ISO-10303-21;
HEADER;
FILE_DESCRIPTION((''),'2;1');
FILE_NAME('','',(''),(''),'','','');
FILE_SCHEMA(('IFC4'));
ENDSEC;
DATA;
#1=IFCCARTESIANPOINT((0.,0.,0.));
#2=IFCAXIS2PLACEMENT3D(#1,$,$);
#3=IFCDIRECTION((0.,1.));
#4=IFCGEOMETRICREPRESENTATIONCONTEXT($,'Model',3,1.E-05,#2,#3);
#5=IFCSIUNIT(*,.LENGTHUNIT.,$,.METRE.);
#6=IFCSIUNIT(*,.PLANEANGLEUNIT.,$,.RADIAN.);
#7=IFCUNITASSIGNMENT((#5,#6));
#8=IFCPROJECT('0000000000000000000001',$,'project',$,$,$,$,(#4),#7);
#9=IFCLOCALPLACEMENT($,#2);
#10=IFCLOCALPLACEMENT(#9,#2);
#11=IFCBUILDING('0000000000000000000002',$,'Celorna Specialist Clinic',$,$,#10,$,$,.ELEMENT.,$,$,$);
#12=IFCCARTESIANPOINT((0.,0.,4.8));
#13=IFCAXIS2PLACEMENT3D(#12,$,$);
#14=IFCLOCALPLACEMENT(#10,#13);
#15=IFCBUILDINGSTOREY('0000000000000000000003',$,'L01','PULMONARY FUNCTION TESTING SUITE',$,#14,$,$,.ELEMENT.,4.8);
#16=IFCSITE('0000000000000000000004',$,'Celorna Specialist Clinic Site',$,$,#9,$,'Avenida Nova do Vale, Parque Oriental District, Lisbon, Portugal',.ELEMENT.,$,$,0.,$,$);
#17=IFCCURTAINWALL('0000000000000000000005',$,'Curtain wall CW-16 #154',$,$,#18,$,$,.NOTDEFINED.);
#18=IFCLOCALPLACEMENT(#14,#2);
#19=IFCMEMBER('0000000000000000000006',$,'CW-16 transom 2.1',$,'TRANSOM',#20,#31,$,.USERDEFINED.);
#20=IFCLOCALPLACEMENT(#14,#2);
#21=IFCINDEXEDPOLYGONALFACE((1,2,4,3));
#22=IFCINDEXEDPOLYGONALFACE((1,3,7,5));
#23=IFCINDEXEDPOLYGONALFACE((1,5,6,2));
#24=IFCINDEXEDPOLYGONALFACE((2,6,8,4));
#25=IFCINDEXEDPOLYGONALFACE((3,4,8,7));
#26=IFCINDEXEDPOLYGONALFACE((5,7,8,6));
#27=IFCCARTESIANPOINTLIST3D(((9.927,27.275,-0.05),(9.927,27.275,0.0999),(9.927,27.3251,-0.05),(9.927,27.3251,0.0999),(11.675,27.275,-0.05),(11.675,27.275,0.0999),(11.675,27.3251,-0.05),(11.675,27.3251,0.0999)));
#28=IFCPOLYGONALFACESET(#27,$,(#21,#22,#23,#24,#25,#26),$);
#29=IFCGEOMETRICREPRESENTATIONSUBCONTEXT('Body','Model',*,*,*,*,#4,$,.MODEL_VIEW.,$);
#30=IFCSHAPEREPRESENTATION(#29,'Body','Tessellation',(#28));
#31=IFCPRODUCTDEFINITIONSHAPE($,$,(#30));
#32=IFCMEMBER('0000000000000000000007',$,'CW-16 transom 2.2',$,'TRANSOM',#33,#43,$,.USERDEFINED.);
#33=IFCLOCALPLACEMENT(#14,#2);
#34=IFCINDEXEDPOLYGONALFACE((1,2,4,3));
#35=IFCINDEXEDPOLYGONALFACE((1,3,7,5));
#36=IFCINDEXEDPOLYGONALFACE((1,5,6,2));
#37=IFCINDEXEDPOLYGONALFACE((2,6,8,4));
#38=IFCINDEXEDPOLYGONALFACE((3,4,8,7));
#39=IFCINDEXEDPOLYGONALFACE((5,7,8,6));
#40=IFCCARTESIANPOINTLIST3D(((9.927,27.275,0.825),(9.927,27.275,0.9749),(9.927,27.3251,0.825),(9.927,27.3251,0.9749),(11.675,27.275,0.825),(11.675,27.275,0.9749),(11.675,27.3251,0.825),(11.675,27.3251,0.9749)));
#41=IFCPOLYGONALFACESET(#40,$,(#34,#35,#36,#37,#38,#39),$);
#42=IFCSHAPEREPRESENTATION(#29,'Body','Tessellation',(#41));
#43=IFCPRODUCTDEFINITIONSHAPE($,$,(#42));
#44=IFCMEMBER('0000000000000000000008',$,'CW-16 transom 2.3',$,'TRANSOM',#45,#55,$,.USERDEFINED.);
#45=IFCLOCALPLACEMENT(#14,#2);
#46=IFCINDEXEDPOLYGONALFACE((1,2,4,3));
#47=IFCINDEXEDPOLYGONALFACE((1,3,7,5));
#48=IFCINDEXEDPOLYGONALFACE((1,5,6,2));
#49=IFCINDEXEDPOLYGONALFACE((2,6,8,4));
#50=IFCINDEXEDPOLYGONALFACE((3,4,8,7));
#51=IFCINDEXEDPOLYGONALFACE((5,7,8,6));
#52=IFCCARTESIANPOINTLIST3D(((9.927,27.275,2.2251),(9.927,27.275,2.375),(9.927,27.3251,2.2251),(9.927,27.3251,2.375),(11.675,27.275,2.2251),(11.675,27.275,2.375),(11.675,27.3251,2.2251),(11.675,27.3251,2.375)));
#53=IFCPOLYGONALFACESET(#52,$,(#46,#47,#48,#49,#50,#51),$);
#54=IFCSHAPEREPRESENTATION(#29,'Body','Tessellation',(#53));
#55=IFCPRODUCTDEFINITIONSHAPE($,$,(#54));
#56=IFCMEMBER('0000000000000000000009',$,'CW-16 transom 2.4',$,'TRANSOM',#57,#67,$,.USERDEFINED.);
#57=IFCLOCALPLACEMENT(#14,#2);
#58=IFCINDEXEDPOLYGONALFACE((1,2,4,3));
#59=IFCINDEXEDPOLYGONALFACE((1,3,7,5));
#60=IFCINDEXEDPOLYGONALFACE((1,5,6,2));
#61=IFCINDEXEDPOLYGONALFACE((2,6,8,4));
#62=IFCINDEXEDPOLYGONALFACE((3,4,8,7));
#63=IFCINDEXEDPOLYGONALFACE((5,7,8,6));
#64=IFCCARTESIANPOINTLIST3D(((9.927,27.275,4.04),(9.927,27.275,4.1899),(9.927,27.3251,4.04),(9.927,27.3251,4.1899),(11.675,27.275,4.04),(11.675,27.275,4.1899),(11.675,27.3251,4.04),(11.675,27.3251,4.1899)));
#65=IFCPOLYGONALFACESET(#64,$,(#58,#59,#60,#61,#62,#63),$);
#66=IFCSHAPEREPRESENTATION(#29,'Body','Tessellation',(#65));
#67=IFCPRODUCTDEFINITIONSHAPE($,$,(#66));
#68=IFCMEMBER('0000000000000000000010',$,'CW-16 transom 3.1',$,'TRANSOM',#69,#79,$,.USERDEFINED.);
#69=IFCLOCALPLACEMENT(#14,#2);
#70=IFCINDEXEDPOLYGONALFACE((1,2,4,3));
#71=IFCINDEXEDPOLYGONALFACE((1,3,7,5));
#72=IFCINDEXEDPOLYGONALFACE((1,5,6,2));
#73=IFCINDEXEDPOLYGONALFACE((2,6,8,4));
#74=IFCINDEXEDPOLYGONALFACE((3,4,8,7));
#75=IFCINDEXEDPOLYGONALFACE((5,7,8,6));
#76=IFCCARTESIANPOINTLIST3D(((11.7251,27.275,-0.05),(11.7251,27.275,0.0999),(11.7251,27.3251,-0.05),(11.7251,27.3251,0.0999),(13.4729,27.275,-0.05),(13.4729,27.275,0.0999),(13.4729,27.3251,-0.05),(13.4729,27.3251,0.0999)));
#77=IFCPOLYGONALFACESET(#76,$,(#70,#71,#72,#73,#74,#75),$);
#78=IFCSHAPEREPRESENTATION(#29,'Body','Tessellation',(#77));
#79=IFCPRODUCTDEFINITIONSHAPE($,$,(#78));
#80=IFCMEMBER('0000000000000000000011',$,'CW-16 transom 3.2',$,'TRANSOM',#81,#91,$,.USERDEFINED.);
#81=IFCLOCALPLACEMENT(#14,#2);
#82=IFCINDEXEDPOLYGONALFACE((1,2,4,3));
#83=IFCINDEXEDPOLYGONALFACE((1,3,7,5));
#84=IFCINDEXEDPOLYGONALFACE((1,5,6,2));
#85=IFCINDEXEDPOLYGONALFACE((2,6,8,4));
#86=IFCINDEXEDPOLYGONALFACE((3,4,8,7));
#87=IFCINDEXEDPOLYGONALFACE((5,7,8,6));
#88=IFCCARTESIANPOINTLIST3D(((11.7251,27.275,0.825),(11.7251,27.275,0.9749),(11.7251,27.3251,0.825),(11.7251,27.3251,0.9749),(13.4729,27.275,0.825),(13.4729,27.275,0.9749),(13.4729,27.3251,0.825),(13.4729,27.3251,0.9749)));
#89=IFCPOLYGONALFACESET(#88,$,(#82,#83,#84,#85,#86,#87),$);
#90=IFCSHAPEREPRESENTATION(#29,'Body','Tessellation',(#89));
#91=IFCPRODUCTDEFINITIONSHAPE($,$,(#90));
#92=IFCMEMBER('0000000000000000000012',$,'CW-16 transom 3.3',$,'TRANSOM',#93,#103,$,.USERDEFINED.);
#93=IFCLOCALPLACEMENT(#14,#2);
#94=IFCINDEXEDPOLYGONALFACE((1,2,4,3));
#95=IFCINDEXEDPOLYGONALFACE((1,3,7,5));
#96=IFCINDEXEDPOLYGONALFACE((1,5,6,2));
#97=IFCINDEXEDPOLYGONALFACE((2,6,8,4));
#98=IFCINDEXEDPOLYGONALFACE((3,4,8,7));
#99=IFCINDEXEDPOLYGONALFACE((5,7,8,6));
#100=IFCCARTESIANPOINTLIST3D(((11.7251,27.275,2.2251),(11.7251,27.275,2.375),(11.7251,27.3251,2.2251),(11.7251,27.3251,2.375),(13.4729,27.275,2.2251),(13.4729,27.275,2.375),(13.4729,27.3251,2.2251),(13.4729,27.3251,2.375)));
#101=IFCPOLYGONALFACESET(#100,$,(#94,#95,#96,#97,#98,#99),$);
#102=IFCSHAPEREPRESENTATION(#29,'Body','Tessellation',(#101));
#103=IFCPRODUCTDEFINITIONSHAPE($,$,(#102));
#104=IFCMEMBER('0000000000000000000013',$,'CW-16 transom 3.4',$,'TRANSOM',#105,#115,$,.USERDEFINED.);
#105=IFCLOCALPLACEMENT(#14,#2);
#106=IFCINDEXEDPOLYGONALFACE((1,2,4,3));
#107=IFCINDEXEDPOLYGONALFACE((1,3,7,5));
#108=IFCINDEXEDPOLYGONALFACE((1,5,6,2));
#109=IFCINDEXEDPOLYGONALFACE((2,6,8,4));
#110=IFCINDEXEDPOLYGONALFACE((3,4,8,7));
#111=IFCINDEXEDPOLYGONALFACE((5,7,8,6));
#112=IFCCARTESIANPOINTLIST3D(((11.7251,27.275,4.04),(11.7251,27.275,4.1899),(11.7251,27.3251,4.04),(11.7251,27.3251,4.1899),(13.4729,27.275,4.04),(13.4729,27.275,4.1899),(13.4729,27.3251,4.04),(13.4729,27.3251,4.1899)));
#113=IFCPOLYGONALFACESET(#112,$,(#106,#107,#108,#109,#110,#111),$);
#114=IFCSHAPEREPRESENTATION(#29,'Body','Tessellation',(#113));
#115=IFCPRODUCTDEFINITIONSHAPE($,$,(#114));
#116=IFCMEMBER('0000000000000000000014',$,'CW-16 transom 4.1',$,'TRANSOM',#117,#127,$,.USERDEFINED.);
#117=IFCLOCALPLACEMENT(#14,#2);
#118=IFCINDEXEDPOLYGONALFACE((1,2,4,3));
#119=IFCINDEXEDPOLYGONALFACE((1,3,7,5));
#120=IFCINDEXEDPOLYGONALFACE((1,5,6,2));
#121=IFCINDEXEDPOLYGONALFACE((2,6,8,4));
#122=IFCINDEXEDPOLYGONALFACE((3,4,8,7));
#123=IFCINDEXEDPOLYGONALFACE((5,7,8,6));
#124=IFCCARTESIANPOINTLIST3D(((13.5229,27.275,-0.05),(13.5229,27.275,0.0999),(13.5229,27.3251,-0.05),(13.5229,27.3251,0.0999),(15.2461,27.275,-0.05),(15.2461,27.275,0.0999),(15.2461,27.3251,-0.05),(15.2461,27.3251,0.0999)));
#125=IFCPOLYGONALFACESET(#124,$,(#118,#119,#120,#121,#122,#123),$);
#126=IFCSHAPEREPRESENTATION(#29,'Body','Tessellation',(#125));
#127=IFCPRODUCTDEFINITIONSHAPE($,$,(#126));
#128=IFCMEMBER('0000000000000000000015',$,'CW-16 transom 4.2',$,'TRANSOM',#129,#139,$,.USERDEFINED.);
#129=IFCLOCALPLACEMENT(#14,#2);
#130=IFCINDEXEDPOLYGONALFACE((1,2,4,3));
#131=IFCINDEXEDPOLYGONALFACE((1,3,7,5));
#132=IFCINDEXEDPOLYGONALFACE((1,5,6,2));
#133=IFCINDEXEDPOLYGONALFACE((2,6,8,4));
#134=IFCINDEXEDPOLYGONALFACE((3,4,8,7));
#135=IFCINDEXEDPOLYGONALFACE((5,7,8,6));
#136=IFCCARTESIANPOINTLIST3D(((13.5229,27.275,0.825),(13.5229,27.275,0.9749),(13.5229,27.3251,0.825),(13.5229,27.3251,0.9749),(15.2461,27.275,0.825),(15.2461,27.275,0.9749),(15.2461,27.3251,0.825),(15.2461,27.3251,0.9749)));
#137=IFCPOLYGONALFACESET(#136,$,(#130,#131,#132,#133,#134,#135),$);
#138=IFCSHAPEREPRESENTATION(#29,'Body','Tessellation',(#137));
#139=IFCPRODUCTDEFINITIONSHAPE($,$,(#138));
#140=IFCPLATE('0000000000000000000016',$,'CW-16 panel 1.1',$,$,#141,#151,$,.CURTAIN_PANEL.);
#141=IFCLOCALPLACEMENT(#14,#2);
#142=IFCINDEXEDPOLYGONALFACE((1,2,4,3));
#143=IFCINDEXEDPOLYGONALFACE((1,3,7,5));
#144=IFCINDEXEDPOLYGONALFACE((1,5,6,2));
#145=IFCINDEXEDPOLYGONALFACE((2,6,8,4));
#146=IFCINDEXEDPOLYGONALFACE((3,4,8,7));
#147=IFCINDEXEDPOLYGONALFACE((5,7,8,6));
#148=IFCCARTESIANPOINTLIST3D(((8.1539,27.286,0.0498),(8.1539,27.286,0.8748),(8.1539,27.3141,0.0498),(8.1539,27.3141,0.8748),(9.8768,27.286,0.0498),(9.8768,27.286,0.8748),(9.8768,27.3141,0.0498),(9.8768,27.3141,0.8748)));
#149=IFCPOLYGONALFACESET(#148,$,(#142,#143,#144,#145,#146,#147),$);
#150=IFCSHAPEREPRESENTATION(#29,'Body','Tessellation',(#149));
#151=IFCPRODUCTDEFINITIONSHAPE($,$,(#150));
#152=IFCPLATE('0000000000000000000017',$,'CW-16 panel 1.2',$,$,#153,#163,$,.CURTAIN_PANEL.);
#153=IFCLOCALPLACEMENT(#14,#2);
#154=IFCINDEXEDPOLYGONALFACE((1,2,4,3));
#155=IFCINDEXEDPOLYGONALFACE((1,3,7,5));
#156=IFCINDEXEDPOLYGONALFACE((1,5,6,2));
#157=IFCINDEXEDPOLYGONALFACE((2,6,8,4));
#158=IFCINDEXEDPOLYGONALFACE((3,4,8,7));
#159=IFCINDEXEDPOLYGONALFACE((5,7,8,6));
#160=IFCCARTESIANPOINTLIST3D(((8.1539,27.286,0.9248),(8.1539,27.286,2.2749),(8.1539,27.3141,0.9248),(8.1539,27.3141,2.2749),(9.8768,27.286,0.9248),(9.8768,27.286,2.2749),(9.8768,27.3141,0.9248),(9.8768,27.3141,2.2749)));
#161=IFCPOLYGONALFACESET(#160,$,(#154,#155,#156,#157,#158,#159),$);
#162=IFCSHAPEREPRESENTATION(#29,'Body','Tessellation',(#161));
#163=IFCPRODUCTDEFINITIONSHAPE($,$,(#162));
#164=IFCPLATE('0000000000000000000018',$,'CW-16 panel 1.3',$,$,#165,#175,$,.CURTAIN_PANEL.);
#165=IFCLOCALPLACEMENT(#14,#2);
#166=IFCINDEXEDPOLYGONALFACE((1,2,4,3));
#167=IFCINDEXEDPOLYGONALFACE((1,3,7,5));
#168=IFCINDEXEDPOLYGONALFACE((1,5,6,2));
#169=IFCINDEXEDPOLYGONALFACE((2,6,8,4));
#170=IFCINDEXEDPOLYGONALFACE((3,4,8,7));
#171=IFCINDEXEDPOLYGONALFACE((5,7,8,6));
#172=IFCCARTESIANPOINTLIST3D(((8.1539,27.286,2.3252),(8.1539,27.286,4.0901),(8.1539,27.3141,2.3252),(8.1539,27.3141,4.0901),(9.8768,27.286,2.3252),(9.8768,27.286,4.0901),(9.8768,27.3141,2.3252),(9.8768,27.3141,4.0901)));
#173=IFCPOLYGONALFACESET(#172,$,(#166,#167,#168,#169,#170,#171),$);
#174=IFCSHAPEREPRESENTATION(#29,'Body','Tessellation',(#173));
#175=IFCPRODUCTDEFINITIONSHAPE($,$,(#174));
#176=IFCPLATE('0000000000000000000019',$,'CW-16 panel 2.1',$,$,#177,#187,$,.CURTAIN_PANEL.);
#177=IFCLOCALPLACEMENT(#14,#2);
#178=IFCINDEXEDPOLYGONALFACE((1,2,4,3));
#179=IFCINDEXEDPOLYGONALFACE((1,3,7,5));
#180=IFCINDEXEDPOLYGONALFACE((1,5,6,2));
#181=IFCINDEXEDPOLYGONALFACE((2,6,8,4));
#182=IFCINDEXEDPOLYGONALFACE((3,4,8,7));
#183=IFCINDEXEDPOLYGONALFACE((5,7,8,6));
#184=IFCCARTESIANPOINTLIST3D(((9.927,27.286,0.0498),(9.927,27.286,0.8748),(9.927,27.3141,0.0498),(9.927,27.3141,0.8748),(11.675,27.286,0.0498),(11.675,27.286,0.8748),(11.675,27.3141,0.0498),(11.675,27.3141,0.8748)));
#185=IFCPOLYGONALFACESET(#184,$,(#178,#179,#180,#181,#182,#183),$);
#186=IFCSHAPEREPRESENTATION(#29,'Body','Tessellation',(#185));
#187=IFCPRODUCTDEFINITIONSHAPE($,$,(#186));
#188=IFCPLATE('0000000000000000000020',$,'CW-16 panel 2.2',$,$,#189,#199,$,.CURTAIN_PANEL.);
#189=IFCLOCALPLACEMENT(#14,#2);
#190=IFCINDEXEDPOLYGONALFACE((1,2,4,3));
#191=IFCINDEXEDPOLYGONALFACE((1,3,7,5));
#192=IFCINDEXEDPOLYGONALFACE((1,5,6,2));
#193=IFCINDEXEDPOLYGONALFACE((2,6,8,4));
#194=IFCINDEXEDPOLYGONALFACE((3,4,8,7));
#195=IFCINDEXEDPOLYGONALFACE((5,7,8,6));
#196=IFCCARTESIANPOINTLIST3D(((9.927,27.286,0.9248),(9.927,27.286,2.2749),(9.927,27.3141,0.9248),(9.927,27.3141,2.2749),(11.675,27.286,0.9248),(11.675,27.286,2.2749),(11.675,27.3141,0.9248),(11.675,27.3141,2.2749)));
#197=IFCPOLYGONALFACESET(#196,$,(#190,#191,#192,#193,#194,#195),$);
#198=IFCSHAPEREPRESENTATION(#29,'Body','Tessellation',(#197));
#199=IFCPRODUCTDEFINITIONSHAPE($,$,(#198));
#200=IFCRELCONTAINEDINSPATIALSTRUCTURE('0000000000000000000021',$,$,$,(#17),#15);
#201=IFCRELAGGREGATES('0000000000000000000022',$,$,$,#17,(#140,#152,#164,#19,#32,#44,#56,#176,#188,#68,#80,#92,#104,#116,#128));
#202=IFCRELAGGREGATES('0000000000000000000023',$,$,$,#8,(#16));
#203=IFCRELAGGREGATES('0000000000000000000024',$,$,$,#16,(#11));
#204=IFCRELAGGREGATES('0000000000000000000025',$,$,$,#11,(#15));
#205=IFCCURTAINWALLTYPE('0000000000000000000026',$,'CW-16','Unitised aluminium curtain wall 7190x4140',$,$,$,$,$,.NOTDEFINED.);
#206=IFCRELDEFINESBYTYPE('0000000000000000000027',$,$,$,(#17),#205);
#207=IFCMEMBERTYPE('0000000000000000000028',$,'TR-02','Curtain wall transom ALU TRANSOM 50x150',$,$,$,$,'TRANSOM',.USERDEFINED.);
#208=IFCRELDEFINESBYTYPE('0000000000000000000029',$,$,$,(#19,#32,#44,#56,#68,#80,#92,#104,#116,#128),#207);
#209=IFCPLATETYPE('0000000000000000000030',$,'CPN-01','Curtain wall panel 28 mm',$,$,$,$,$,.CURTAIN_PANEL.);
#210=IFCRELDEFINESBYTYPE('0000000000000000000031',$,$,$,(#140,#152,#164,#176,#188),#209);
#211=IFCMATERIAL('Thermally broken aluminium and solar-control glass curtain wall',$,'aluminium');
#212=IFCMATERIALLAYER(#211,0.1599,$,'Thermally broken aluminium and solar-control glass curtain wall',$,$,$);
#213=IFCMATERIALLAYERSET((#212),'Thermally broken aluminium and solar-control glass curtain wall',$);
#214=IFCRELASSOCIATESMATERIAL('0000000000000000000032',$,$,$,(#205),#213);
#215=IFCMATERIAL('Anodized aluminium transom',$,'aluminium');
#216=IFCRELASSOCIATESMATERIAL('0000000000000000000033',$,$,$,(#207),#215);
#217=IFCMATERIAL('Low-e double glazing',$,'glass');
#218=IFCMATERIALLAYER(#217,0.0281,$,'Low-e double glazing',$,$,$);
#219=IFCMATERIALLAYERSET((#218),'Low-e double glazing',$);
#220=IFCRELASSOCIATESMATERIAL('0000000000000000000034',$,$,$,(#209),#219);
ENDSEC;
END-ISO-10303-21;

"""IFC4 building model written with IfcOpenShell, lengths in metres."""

from ifc_helpers import new_model, si_unit, direction, frame, origin, origin_2d, place, context, subcontext, project, spatial, rectangle, extrude, material, layer, layer_set, material_profile, profile_set, type_object, element, aggregate, save


model = new_model("IFC4")

# Units and contexts
model_context = context("Model", 3, precision=1e-05, world=origin(), true_north=direction((0.0, 1.0)))
body_context = subcontext(model_context, "Body", "Model", "MODEL_VIEW")
ifc_project = project(units=[si_unit("LENGTHUNIT", "METRE"), si_unit("PLANEANGLEUNIT", "RADIAN")], contexts=[model_context])

# Site, building, storey
site_placement = place(None, origin())
site = spatial("IfcSite", under=ifc_project, at=site_placement, Name="Celorna Specialist Clinic Site", LongName="Avenida Nova do Vale, Parque Oriental District, Lisbon, Portugal", CompositionType="ELEMENT", RefElevation=0.0)
building_placement = place(site_placement, origin())
building = spatial("IfcBuilding", under=site, at=building_placement, Name="Celorna Specialist Clinic", CompositionType="ELEMENT")
storey_placement = place(building_placement, frame((0.0, 0.0, 4.8)))
storey = spatial("IfcBuildingStorey", under=building, at=storey_placement, Name="L01", Description="PULMONARY FUNCTION TESTING SUITE", CompositionType="ELEMENT", Elevation=4.8)

# Curtain wall, members, plates
ifc_material_1 = material(Name="Thermally broken aluminium and solar-control glass curtain wall", Category="aluminium")
ifc_layer_1 = layer(ifc_material_1, 0.1599, Name="Thermally broken aluminium and solar-control glass curtain wall")
ifc_layer_set_1 = layer_set([ifc_layer_1], Name="Thermally broken aluminium and solar-control glass curtain wall")
curtain_wall_type = type_object("IfcCurtainWallType", Name="CW-16", Description="Unitised aluminium curtain wall 7190x4140", PredefinedType="NOTDEFINED", material=ifc_layer_set_1)
curtain_wall_placement = place(storey_placement, origin())
curtain_wall = element("IfcCurtainWall", 1, at=curtain_wall_placement, inside=storey, type_object=curtain_wall_type, Name="Curtain wall CW-16 #154", PredefinedType="NOTDEFINED")
ifc_material_2 = material(Name="Anodized aluminium transom", Category="aluminium")
ifc_material_profile_1 = material_profile(ifc_material_2, rectangle(XDim=0.05, YDim=0.1499, at=origin_2d()), Name="ALU TRANSOM 50x150")
ifc_profile_set_1 = profile_set([ifc_material_profile_1], Name="Anodized aluminium transom")
member_type_1 = type_object("IfcMemberType", Name="TR-02", Description="Curtain wall transom ALU TRANSOM 50x150", ElementType="TRANSOM", PredefinedType="USERDEFINED", material=ifc_profile_set_1)
member_1_placement = place(storey_placement, frame((9.927, 27.3, 0.0249), z_axis=(1.0, 0.0, 0.0), x_axis=(0.0, 1.0, 0.0)))
member_1 = element("IfcMember", 2, at=member_1_placement, type_object=member_type_1, Name="CW-16 transom 2.1", ObjectType="TRANSOM", PredefinedType="USERDEFINED", context=body_context, shape_type="SweptSolid", body=[
    extrude(rectangle(XDim=0.05, YDim=0.1499, at=origin_2d()), origin(), (0.0, 0.0, 1.0), 1.748),
])
member_2_placement = place(storey_placement, frame((9.927, 27.3, 0.8999), z_axis=(1.0, 0.0, 0.0), x_axis=(0.0, 1.0, 0.0)))
member_2 = element("IfcMember", 3, at=member_2_placement, type_object=member_type_1, Name="CW-16 transom 2.2", ObjectType="TRANSOM", PredefinedType="USERDEFINED", context=body_context, shape_type="SweptSolid", body=[
    extrude(rectangle(XDim=0.05, YDim=0.1499, at=origin_2d()), origin(), (0.0, 0.0, 1.0), 1.748),
])
member_3_placement = place(storey_placement, frame((9.927, 27.3, 2.3), z_axis=(1.0, 0.0, 0.0), x_axis=(0.0, 1.0, 0.0)))
member_3 = element("IfcMember", 4, at=member_3_placement, type_object=member_type_1, Name="CW-16 transom 2.3", ObjectType="TRANSOM", PredefinedType="USERDEFINED", context=body_context, shape_type="SweptSolid", body=[
    extrude(rectangle(XDim=0.05, YDim=0.1499, at=origin_2d()), origin(), (0.0, 0.0, 1.0), 1.748),
])
member_4_placement = place(storey_placement, frame((9.927, 27.3, 4.115), z_axis=(1.0, 0.0, 0.0), x_axis=(0.0, 1.0, 0.0)))
member_4 = element("IfcMember", 5, at=member_4_placement, type_object=member_type_1, Name="CW-16 transom 2.4", ObjectType="TRANSOM", PredefinedType="USERDEFINED", context=body_context, shape_type="SweptSolid", body=[
    extrude(rectangle(XDim=0.05, YDim=0.1499, at=origin_2d()), origin(), (0.0, 0.0, 1.0), 1.748),
])
member_5_placement = place(storey_placement, frame((11.7251, 27.3, 0.0249), z_axis=(1.0, 0.0, 0.0), x_axis=(0.0, 1.0, 0.0)))
member_5 = element("IfcMember", 6, at=member_5_placement, type_object=member_type_1, Name="CW-16 transom 3.1", ObjectType="TRANSOM", PredefinedType="USERDEFINED", context=body_context, shape_type="SweptSolid", body=[
    extrude(rectangle(XDim=0.05, YDim=0.1499, at=origin_2d()), origin(), (0.0, 0.0, 1.0), 1.7478),
])
member_6_placement = place(storey_placement, frame((11.7251, 27.3, 0.8999), z_axis=(1.0, 0.0, 0.0), x_axis=(0.0, 1.0, 0.0)))
member_6 = element("IfcMember", 7, at=member_6_placement, type_object=member_type_1, Name="CW-16 transom 3.2", ObjectType="TRANSOM", PredefinedType="USERDEFINED", context=body_context, shape_type="SweptSolid", body=[
    extrude(rectangle(XDim=0.05, YDim=0.1499, at=origin_2d()), origin(), (0.0, 0.0, 1.0), 1.7478),
])
member_7_placement = place(storey_placement, frame((11.7251, 27.3, 2.3), z_axis=(1.0, 0.0, 0.0), x_axis=(0.0, 1.0, 0.0)))
member_7 = element("IfcMember", 8, at=member_7_placement, type_object=member_type_1, Name="CW-16 transom 3.3", ObjectType="TRANSOM", PredefinedType="USERDEFINED", context=body_context, shape_type="SweptSolid", body=[
    extrude(rectangle(XDim=0.05, YDim=0.1499, at=origin_2d()), origin(), (0.0, 0.0, 1.0), 1.7478),
])
member_8_placement = place(storey_placement, frame((11.7251, 27.3, 4.115), z_axis=(1.0, 0.0, 0.0), x_axis=(0.0, 1.0, 0.0)))
member_8 = element("IfcMember", 9, at=member_8_placement, type_object=member_type_1, Name="CW-16 transom 3.4", ObjectType="TRANSOM", PredefinedType="USERDEFINED", context=body_context, shape_type="SweptSolid", body=[
    extrude(rectangle(XDim=0.05, YDim=0.1499, at=origin_2d()), origin(), (0.0, 0.0, 1.0), 1.7478),
])
member_9_placement = place(storey_placement, frame((13.5229, 27.3, 0.0249), z_axis=(1.0, 0.0, 0.0), x_axis=(0.0, 1.0, 0.0)))
member_9 = element("IfcMember", 10, at=member_9_placement, type_object=member_type_1, Name="CW-16 transom 4.1", ObjectType="TRANSOM", PredefinedType="USERDEFINED", context=body_context, shape_type="SweptSolid", body=[
    extrude(rectangle(XDim=0.05, YDim=0.1499, at=origin_2d()), origin(), (0.0, 0.0, 1.0), 1.7231),
])
member_10_placement = place(storey_placement, frame((13.5229, 27.3, 0.8999), z_axis=(1.0, 0.0, 0.0), x_axis=(0.0, 1.0, 0.0)))
member_10 = element("IfcMember", 11, at=member_10_placement, type_object=member_type_1, Name="CW-16 transom 4.2", ObjectType="TRANSOM", PredefinedType="USERDEFINED", context=body_context, shape_type="SweptSolid", body=[
    extrude(rectangle(XDim=0.05, YDim=0.1499, at=origin_2d()), origin(), (0.0, 0.0, 1.0), 1.7231),
])
ifc_material_3 = material(Name="Low-e double glazing", Category="glass")
ifc_layer_2 = layer(ifc_material_3, 0.0281, Name="Low-e double glazing")
ifc_layer_set_2 = layer_set([ifc_layer_2], Name="Low-e double glazing")
plate_type = type_object("IfcPlateType", Name="CPN-01", Description="Curtain wall panel 28 mm", PredefinedType="CURTAIN_PANEL", material=ifc_layer_set_2)
plate_1_placement = place(storey_placement, frame((9.0154, 27.3, 0.0498), z_axis=(0.0, 0.0, 1.0), x_axis=(1.0, 0.0, 0.0)))
plate_1 = element("IfcPlate", 12, at=plate_1_placement, type_object=plate_type, Name="CW-16 panel 1.1", PredefinedType="CURTAIN_PANEL", context=body_context, shape_type="SweptSolid", body=[
    extrude(rectangle(XDim=1.7229, YDim=0.0281, at=origin_2d()), origin(), (0.0, 0.0, 1.0), 0.825),
])
plate_2_placement = place(storey_placement, frame((9.0154, 27.3, 0.9248), z_axis=(0.0, 0.0, 1.0), x_axis=(1.0, 0.0, 0.0)))
plate_2 = element("IfcPlate", 13, at=plate_2_placement, type_object=plate_type, Name="CW-16 panel 1.2", PredefinedType="CURTAIN_PANEL", context=body_context, shape_type="SweptSolid", body=[
    extrude(rectangle(XDim=1.7229, YDim=0.0281, at=origin_2d()), origin(), (0.0, 0.0, 1.0), 1.3501),
])
plate_3_placement = place(storey_placement, frame((9.0154, 27.3, 2.3252), z_axis=(0.0, 0.0, 1.0), x_axis=(1.0, 0.0, 0.0)))
plate_3 = element("IfcPlate", 14, at=plate_3_placement, type_object=plate_type, Name="CW-16 panel 1.3", PredefinedType="CURTAIN_PANEL", context=body_context, shape_type="SweptSolid", body=[
    extrude(rectangle(XDim=1.7229, YDim=0.0281, at=origin_2d()), origin(), (0.0, 0.0, 1.0), 1.7649),
])
plate_4_placement = place(storey_placement, frame((10.801, 27.3, 0.0498), z_axis=(0.0, 0.0, 1.0), x_axis=(1.0, 0.0, 0.0)))
plate_4 = element("IfcPlate", 15, at=plate_4_placement, type_object=plate_type, Name="CW-16 panel 2.1", PredefinedType="CURTAIN_PANEL", context=body_context, shape_type="SweptSolid", body=[
    extrude(rectangle(XDim=1.748, YDim=0.0281, at=origin_2d()), origin(), (0.0, 0.0, 1.0), 0.825),
])
plate_5_placement = place(storey_placement, frame((10.801, 27.3, 0.9248), z_axis=(0.0, 0.0, 1.0), x_axis=(1.0, 0.0, 0.0)))
plate_5 = element("IfcPlate", 16, at=plate_5_placement, type_object=plate_type, Name="CW-16 panel 2.2", PredefinedType="CURTAIN_PANEL", context=body_context, shape_type="SweptSolid", body=[
    extrude(rectangle(XDim=1.748, YDim=0.0281, at=origin_2d()), origin(), (0.0, 0.0, 1.0), 1.3501),
])
aggregate(curtain_wall, [plate_1, plate_2, plate_3, member_1, member_2, member_3, member_4, plate_4, plate_5, member_5, member_6, member_7, member_8, member_9, member_10])

save(model, "model.ifc")
